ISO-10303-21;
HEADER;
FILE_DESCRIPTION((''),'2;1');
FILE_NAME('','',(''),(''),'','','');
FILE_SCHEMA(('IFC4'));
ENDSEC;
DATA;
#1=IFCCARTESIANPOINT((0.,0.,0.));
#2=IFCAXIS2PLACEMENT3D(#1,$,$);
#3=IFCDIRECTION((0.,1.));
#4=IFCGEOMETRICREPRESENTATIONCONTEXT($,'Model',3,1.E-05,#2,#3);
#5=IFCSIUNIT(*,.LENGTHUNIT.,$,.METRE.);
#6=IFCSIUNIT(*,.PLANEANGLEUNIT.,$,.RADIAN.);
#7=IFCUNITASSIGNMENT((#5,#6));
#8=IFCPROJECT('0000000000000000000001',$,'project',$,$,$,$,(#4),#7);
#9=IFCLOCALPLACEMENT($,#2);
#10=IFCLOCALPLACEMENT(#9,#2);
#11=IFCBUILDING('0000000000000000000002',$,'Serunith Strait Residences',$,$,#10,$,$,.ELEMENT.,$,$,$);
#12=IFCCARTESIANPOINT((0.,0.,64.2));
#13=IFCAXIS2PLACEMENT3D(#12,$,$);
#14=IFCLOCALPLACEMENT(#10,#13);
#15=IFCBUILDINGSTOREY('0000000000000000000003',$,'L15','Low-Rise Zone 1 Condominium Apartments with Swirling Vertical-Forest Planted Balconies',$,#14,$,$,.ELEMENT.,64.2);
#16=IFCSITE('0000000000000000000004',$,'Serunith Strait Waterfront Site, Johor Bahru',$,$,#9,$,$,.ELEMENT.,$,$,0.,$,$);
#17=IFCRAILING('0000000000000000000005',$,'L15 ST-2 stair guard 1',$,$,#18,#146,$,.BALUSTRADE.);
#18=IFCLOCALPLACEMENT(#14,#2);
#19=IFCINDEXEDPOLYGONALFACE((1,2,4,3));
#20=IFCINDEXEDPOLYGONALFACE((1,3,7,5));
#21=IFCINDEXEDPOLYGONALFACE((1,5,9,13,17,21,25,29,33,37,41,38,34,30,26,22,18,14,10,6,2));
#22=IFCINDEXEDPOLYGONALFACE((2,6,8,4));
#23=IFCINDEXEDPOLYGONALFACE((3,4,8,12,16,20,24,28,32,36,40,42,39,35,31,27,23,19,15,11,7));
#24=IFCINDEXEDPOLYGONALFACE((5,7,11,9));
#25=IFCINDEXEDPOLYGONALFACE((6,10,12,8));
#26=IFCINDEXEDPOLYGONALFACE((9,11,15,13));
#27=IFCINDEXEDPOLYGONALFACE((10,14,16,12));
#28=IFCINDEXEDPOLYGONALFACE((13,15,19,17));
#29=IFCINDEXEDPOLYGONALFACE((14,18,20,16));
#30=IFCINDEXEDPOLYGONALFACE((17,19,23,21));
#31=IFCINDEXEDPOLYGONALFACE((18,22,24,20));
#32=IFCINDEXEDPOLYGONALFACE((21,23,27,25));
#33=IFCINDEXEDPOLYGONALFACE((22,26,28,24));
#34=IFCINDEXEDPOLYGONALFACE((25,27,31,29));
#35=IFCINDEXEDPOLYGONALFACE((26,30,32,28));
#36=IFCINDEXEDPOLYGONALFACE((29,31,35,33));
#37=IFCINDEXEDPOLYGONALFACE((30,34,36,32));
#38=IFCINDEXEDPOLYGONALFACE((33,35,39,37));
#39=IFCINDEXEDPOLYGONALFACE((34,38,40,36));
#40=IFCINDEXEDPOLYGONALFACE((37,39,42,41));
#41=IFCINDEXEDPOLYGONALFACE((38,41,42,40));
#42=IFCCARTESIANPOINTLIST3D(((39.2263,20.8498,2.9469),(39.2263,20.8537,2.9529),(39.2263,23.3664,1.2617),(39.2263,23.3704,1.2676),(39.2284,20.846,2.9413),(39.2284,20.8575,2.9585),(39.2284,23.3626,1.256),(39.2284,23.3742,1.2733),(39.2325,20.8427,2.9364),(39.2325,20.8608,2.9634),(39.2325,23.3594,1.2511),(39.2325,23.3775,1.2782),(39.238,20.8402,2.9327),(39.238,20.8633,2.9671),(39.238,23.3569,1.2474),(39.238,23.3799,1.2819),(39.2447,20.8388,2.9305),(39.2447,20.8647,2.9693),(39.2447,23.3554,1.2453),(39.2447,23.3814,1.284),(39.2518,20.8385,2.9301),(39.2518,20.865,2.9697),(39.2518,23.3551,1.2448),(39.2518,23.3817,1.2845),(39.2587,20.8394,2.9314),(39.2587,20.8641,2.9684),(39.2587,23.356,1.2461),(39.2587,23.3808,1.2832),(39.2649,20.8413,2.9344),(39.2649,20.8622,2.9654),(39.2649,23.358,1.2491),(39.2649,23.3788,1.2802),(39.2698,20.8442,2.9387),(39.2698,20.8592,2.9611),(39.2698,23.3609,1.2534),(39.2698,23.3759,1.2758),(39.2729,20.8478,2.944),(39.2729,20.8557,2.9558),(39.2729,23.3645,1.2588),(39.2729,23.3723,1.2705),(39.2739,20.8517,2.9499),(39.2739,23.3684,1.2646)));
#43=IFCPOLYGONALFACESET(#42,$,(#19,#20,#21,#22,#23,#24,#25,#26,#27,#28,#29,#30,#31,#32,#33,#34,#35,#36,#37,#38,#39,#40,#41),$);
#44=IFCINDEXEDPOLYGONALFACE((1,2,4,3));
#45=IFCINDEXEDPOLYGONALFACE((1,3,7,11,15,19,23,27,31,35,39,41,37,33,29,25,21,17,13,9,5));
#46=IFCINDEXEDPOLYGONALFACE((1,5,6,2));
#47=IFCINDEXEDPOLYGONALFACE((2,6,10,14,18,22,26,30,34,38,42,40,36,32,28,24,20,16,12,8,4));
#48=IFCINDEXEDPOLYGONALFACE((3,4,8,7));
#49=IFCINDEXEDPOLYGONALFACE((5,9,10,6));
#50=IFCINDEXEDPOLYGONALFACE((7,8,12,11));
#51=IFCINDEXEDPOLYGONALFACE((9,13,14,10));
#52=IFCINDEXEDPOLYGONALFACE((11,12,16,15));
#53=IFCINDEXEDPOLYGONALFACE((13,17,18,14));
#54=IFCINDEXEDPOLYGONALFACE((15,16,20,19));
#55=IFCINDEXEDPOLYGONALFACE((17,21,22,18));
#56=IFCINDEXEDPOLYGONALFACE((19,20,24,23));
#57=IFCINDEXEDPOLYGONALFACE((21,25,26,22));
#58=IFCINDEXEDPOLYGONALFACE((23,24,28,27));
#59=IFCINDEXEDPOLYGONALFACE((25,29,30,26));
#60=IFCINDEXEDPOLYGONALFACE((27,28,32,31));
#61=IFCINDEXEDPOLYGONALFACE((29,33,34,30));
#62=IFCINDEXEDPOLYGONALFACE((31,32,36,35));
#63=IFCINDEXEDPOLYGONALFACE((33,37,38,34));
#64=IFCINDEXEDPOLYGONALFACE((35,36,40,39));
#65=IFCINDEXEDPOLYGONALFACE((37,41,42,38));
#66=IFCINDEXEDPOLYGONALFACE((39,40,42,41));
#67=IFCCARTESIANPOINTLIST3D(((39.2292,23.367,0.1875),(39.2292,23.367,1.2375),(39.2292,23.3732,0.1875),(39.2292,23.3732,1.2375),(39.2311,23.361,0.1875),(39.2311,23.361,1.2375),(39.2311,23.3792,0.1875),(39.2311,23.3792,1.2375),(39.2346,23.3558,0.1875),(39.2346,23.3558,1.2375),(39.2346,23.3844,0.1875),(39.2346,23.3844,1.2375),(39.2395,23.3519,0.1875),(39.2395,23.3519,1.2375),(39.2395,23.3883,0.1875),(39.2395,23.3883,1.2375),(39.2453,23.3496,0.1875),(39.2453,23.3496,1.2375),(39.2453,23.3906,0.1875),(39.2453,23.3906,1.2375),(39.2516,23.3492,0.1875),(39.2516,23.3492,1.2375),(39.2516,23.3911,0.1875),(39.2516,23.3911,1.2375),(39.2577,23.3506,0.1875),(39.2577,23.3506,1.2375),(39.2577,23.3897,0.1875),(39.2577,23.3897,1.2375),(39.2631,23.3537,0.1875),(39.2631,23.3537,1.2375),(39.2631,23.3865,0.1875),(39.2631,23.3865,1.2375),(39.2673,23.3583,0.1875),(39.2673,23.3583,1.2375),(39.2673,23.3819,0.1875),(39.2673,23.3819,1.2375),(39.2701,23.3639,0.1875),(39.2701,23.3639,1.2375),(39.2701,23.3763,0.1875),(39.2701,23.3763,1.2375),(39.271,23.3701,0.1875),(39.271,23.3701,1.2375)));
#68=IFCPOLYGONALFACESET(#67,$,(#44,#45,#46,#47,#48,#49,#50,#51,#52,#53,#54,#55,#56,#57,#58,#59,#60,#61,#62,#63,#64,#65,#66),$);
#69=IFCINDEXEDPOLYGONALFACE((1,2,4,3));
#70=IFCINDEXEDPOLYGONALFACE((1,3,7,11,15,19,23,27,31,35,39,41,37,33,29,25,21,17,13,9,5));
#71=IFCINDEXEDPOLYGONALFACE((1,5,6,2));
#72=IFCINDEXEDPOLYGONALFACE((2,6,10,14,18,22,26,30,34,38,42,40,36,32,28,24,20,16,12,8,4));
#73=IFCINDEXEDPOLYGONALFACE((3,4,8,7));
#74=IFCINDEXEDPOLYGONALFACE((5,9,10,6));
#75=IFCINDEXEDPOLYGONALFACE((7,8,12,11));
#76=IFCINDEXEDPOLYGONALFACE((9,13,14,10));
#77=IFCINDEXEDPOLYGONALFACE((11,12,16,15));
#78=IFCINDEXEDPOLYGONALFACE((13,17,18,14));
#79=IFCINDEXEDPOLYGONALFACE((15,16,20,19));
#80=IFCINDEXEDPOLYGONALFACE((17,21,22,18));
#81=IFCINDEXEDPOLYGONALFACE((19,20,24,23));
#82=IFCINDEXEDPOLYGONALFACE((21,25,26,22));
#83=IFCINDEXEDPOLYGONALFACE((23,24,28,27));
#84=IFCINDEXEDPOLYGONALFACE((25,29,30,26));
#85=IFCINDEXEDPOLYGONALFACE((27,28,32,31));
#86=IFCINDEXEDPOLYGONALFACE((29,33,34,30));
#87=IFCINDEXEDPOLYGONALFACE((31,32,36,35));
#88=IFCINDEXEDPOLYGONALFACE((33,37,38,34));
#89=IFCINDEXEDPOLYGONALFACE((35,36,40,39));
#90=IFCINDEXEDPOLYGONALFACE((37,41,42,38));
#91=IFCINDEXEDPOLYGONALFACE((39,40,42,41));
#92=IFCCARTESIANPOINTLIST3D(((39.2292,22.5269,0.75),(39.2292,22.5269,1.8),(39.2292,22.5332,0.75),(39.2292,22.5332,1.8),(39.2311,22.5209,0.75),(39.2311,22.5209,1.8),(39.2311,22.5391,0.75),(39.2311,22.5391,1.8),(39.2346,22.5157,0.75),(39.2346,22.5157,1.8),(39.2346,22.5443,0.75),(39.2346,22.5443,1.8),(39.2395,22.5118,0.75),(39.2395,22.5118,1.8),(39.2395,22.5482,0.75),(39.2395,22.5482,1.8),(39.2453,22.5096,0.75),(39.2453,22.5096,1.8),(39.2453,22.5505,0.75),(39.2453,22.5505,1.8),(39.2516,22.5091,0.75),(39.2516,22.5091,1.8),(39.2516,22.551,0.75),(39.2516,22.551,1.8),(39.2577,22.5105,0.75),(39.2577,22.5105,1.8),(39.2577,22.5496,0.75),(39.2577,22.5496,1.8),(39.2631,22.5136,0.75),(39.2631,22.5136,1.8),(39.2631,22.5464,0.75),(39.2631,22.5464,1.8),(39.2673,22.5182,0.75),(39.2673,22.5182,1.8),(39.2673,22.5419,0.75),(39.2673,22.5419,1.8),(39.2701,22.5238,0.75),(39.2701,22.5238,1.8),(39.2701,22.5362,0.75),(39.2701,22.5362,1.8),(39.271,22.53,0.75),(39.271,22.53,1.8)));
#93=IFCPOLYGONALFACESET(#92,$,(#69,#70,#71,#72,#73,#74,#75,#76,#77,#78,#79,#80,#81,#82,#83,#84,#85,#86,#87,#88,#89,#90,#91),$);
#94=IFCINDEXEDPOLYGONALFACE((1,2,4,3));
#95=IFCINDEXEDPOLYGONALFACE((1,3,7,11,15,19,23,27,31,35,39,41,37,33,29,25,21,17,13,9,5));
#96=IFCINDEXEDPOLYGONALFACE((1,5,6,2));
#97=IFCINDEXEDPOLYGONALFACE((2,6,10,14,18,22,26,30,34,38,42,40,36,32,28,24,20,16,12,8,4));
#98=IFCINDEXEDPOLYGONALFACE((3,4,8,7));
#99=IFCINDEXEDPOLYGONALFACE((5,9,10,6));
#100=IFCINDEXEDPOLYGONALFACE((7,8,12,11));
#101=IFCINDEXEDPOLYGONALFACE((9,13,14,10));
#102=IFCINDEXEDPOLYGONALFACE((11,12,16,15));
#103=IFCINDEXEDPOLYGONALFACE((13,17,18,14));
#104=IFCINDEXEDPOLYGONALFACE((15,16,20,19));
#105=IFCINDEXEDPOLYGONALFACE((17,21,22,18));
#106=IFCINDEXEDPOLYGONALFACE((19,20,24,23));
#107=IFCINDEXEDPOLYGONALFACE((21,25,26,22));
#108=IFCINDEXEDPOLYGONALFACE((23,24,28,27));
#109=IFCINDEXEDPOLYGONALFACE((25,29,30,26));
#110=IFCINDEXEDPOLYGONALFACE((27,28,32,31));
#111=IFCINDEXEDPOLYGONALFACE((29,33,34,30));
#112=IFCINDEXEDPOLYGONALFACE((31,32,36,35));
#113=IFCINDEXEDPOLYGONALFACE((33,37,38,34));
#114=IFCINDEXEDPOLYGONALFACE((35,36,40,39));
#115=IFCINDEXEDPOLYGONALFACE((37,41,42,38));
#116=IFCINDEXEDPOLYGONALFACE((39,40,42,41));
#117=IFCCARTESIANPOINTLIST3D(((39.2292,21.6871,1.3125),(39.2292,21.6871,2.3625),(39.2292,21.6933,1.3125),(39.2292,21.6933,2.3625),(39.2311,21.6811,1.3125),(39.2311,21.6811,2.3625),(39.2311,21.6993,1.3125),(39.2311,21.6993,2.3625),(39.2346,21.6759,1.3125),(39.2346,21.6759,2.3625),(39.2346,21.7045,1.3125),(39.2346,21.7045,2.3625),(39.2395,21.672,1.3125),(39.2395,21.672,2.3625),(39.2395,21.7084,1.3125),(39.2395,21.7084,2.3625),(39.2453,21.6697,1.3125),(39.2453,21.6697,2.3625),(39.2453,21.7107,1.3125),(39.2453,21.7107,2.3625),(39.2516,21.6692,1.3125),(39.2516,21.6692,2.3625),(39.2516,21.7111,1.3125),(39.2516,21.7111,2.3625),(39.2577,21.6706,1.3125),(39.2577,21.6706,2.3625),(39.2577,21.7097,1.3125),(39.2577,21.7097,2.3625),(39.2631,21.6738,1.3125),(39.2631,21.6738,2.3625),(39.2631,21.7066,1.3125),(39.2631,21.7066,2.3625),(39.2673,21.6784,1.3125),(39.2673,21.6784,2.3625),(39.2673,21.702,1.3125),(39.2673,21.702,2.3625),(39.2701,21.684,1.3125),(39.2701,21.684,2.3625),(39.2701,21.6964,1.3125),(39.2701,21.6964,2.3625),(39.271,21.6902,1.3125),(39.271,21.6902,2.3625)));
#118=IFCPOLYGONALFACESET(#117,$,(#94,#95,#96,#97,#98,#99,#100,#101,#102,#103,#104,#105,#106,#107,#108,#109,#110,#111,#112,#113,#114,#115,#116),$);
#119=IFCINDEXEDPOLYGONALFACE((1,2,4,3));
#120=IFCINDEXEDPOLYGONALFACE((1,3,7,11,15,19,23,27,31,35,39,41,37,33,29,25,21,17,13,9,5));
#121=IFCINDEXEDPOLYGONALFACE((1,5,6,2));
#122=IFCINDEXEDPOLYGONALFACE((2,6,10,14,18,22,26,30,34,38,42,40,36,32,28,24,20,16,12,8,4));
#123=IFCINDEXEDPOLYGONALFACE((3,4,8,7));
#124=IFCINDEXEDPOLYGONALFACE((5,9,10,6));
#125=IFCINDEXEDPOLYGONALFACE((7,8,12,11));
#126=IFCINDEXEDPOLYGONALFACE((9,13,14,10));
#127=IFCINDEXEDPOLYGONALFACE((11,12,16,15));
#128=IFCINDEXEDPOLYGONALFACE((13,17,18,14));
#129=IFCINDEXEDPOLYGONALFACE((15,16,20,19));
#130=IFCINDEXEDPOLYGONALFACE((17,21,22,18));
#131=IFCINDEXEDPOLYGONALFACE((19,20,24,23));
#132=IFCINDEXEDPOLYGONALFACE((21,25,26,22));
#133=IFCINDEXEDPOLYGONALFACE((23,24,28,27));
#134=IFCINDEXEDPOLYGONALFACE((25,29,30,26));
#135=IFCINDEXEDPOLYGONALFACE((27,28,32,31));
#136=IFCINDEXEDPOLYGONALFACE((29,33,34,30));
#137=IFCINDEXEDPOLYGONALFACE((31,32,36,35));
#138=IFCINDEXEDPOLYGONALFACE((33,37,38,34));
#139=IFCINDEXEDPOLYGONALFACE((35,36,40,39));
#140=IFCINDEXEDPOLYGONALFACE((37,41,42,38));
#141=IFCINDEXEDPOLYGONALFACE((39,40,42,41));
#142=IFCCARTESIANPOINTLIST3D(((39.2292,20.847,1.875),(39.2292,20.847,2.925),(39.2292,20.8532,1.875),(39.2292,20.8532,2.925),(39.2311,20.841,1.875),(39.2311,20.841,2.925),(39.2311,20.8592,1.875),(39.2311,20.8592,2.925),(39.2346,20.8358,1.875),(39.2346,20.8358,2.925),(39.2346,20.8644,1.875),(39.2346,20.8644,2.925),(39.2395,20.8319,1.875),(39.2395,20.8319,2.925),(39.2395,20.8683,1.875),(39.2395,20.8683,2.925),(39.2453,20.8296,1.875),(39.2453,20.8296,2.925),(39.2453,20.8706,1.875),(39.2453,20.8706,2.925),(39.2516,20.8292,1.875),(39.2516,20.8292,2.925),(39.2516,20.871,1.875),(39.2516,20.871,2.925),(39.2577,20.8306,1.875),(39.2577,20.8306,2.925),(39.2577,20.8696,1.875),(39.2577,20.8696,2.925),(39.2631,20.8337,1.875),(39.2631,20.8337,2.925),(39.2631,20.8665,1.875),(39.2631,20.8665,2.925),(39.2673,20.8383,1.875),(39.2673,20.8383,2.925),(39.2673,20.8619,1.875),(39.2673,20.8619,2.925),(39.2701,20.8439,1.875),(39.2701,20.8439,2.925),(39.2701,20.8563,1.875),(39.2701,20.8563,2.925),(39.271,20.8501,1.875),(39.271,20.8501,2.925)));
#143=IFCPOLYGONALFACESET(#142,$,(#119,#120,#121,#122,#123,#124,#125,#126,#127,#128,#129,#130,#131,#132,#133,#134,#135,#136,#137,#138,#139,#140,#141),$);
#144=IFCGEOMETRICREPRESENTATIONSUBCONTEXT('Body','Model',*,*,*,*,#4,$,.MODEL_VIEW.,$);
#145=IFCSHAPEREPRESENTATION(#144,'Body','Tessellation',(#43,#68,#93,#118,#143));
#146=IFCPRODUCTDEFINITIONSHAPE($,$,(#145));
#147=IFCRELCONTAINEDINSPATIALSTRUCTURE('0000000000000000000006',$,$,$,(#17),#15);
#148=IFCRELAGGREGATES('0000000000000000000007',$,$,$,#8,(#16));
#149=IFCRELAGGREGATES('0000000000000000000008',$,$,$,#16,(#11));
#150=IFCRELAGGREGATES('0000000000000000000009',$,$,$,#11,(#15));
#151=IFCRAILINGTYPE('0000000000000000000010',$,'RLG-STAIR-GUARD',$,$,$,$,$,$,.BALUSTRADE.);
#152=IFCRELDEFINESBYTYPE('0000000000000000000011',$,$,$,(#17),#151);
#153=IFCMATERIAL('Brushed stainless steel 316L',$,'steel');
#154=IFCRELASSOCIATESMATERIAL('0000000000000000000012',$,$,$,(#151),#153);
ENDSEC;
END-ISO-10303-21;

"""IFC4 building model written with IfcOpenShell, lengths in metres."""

from ifc_helpers import new_model, si_unit, direction, frame, origin, origin_2d, place, context, subcontext, project, spatial, circle, extrude, material, type_object, element, save


model = new_model("IFC4")

# Units and contexts
model_context = context("Model", 3, precision=1e-05, world=origin(), true_north=direction((0.0, 1.0)))
body_context = subcontext(model_context, "Body", "Model", "MODEL_VIEW")
ifc_project = project(units=[si_unit("LENGTHUNIT", "METRE"), si_unit("PLANEANGLEUNIT", "RADIAN")], contexts=[model_context])

# Site, building, storey
site_placement = place(None, origin())
site = spatial("IfcSite", under=ifc_project, at=site_placement, Name="Serunith Strait Waterfront Site, Johor Bahru", CompositionType="ELEMENT", RefElevation=0.0)
building_placement = place(site_placement, origin())
building = spatial("IfcBuilding", under=site, at=building_placement, Name="Serunith Strait Residences", CompositionType="ELEMENT")
storey_placement = place(building_placement, frame((0.0, 0.0, 64.2)))
storey = spatial("IfcBuildingStorey", under=building, at=storey_placement, Name="L15", Description="Low-Rise Zone 1 Condominium Apartments with Swirling Vertical-Forest Planted Balconies", CompositionType="ELEMENT", Elevation=64.2)

# Railing
ifc_material_1 = material(Name="Brushed stainless steel 316L", Category="steel")
railing_type_1 = type_object("IfcRailingType", Name="RLG-STAIR-GUARD", PredefinedType="BALUSTRADE", material=ifc_material_1)
railing_1_placement = place(storey_placement, frame((39.25, 23.3701, 0.1875)))
element("IfcRailing", 1, at=railing_1_placement, inside=storey, type_object=railing_type_1, Name="L15 ST-2 stair guard 1", PredefinedType="BALUSTRADE", context=body_context, shape_type="SweptSolid", body=[
    extrude(circle(Radius=0.0239, at=origin_2d()), frame((0.0, -0.0017, 1.0771), z_axis=(0.0, -0.830909, 0.556408), x_axis=(1.0, 0.0, 0.0)), (0.0, 0.0, 1.0), 3.0288),
    extrude(circle(Radius=0.021, at=origin_2d()), origin(), (0.0, 0.0, 1.0), 1.05),
    extrude(circle(Radius=0.021, at=origin_2d()), frame((0.0, -0.8401, 0.5625)), (0.0, 0.0, 1.0), 1.05),
    extrude(circle(Radius=0.021, at=origin_2d()), frame((0.0, -1.6799, 1.125)), (0.0, 0.0, 1.0), 1.05),
    extrude(circle(Radius=0.021, at=origin_2d()), frame((0.0, -2.52, 1.6875)), (0.0, 0.0, 1.0), 1.05),
])

save(model, "model.ifc")
